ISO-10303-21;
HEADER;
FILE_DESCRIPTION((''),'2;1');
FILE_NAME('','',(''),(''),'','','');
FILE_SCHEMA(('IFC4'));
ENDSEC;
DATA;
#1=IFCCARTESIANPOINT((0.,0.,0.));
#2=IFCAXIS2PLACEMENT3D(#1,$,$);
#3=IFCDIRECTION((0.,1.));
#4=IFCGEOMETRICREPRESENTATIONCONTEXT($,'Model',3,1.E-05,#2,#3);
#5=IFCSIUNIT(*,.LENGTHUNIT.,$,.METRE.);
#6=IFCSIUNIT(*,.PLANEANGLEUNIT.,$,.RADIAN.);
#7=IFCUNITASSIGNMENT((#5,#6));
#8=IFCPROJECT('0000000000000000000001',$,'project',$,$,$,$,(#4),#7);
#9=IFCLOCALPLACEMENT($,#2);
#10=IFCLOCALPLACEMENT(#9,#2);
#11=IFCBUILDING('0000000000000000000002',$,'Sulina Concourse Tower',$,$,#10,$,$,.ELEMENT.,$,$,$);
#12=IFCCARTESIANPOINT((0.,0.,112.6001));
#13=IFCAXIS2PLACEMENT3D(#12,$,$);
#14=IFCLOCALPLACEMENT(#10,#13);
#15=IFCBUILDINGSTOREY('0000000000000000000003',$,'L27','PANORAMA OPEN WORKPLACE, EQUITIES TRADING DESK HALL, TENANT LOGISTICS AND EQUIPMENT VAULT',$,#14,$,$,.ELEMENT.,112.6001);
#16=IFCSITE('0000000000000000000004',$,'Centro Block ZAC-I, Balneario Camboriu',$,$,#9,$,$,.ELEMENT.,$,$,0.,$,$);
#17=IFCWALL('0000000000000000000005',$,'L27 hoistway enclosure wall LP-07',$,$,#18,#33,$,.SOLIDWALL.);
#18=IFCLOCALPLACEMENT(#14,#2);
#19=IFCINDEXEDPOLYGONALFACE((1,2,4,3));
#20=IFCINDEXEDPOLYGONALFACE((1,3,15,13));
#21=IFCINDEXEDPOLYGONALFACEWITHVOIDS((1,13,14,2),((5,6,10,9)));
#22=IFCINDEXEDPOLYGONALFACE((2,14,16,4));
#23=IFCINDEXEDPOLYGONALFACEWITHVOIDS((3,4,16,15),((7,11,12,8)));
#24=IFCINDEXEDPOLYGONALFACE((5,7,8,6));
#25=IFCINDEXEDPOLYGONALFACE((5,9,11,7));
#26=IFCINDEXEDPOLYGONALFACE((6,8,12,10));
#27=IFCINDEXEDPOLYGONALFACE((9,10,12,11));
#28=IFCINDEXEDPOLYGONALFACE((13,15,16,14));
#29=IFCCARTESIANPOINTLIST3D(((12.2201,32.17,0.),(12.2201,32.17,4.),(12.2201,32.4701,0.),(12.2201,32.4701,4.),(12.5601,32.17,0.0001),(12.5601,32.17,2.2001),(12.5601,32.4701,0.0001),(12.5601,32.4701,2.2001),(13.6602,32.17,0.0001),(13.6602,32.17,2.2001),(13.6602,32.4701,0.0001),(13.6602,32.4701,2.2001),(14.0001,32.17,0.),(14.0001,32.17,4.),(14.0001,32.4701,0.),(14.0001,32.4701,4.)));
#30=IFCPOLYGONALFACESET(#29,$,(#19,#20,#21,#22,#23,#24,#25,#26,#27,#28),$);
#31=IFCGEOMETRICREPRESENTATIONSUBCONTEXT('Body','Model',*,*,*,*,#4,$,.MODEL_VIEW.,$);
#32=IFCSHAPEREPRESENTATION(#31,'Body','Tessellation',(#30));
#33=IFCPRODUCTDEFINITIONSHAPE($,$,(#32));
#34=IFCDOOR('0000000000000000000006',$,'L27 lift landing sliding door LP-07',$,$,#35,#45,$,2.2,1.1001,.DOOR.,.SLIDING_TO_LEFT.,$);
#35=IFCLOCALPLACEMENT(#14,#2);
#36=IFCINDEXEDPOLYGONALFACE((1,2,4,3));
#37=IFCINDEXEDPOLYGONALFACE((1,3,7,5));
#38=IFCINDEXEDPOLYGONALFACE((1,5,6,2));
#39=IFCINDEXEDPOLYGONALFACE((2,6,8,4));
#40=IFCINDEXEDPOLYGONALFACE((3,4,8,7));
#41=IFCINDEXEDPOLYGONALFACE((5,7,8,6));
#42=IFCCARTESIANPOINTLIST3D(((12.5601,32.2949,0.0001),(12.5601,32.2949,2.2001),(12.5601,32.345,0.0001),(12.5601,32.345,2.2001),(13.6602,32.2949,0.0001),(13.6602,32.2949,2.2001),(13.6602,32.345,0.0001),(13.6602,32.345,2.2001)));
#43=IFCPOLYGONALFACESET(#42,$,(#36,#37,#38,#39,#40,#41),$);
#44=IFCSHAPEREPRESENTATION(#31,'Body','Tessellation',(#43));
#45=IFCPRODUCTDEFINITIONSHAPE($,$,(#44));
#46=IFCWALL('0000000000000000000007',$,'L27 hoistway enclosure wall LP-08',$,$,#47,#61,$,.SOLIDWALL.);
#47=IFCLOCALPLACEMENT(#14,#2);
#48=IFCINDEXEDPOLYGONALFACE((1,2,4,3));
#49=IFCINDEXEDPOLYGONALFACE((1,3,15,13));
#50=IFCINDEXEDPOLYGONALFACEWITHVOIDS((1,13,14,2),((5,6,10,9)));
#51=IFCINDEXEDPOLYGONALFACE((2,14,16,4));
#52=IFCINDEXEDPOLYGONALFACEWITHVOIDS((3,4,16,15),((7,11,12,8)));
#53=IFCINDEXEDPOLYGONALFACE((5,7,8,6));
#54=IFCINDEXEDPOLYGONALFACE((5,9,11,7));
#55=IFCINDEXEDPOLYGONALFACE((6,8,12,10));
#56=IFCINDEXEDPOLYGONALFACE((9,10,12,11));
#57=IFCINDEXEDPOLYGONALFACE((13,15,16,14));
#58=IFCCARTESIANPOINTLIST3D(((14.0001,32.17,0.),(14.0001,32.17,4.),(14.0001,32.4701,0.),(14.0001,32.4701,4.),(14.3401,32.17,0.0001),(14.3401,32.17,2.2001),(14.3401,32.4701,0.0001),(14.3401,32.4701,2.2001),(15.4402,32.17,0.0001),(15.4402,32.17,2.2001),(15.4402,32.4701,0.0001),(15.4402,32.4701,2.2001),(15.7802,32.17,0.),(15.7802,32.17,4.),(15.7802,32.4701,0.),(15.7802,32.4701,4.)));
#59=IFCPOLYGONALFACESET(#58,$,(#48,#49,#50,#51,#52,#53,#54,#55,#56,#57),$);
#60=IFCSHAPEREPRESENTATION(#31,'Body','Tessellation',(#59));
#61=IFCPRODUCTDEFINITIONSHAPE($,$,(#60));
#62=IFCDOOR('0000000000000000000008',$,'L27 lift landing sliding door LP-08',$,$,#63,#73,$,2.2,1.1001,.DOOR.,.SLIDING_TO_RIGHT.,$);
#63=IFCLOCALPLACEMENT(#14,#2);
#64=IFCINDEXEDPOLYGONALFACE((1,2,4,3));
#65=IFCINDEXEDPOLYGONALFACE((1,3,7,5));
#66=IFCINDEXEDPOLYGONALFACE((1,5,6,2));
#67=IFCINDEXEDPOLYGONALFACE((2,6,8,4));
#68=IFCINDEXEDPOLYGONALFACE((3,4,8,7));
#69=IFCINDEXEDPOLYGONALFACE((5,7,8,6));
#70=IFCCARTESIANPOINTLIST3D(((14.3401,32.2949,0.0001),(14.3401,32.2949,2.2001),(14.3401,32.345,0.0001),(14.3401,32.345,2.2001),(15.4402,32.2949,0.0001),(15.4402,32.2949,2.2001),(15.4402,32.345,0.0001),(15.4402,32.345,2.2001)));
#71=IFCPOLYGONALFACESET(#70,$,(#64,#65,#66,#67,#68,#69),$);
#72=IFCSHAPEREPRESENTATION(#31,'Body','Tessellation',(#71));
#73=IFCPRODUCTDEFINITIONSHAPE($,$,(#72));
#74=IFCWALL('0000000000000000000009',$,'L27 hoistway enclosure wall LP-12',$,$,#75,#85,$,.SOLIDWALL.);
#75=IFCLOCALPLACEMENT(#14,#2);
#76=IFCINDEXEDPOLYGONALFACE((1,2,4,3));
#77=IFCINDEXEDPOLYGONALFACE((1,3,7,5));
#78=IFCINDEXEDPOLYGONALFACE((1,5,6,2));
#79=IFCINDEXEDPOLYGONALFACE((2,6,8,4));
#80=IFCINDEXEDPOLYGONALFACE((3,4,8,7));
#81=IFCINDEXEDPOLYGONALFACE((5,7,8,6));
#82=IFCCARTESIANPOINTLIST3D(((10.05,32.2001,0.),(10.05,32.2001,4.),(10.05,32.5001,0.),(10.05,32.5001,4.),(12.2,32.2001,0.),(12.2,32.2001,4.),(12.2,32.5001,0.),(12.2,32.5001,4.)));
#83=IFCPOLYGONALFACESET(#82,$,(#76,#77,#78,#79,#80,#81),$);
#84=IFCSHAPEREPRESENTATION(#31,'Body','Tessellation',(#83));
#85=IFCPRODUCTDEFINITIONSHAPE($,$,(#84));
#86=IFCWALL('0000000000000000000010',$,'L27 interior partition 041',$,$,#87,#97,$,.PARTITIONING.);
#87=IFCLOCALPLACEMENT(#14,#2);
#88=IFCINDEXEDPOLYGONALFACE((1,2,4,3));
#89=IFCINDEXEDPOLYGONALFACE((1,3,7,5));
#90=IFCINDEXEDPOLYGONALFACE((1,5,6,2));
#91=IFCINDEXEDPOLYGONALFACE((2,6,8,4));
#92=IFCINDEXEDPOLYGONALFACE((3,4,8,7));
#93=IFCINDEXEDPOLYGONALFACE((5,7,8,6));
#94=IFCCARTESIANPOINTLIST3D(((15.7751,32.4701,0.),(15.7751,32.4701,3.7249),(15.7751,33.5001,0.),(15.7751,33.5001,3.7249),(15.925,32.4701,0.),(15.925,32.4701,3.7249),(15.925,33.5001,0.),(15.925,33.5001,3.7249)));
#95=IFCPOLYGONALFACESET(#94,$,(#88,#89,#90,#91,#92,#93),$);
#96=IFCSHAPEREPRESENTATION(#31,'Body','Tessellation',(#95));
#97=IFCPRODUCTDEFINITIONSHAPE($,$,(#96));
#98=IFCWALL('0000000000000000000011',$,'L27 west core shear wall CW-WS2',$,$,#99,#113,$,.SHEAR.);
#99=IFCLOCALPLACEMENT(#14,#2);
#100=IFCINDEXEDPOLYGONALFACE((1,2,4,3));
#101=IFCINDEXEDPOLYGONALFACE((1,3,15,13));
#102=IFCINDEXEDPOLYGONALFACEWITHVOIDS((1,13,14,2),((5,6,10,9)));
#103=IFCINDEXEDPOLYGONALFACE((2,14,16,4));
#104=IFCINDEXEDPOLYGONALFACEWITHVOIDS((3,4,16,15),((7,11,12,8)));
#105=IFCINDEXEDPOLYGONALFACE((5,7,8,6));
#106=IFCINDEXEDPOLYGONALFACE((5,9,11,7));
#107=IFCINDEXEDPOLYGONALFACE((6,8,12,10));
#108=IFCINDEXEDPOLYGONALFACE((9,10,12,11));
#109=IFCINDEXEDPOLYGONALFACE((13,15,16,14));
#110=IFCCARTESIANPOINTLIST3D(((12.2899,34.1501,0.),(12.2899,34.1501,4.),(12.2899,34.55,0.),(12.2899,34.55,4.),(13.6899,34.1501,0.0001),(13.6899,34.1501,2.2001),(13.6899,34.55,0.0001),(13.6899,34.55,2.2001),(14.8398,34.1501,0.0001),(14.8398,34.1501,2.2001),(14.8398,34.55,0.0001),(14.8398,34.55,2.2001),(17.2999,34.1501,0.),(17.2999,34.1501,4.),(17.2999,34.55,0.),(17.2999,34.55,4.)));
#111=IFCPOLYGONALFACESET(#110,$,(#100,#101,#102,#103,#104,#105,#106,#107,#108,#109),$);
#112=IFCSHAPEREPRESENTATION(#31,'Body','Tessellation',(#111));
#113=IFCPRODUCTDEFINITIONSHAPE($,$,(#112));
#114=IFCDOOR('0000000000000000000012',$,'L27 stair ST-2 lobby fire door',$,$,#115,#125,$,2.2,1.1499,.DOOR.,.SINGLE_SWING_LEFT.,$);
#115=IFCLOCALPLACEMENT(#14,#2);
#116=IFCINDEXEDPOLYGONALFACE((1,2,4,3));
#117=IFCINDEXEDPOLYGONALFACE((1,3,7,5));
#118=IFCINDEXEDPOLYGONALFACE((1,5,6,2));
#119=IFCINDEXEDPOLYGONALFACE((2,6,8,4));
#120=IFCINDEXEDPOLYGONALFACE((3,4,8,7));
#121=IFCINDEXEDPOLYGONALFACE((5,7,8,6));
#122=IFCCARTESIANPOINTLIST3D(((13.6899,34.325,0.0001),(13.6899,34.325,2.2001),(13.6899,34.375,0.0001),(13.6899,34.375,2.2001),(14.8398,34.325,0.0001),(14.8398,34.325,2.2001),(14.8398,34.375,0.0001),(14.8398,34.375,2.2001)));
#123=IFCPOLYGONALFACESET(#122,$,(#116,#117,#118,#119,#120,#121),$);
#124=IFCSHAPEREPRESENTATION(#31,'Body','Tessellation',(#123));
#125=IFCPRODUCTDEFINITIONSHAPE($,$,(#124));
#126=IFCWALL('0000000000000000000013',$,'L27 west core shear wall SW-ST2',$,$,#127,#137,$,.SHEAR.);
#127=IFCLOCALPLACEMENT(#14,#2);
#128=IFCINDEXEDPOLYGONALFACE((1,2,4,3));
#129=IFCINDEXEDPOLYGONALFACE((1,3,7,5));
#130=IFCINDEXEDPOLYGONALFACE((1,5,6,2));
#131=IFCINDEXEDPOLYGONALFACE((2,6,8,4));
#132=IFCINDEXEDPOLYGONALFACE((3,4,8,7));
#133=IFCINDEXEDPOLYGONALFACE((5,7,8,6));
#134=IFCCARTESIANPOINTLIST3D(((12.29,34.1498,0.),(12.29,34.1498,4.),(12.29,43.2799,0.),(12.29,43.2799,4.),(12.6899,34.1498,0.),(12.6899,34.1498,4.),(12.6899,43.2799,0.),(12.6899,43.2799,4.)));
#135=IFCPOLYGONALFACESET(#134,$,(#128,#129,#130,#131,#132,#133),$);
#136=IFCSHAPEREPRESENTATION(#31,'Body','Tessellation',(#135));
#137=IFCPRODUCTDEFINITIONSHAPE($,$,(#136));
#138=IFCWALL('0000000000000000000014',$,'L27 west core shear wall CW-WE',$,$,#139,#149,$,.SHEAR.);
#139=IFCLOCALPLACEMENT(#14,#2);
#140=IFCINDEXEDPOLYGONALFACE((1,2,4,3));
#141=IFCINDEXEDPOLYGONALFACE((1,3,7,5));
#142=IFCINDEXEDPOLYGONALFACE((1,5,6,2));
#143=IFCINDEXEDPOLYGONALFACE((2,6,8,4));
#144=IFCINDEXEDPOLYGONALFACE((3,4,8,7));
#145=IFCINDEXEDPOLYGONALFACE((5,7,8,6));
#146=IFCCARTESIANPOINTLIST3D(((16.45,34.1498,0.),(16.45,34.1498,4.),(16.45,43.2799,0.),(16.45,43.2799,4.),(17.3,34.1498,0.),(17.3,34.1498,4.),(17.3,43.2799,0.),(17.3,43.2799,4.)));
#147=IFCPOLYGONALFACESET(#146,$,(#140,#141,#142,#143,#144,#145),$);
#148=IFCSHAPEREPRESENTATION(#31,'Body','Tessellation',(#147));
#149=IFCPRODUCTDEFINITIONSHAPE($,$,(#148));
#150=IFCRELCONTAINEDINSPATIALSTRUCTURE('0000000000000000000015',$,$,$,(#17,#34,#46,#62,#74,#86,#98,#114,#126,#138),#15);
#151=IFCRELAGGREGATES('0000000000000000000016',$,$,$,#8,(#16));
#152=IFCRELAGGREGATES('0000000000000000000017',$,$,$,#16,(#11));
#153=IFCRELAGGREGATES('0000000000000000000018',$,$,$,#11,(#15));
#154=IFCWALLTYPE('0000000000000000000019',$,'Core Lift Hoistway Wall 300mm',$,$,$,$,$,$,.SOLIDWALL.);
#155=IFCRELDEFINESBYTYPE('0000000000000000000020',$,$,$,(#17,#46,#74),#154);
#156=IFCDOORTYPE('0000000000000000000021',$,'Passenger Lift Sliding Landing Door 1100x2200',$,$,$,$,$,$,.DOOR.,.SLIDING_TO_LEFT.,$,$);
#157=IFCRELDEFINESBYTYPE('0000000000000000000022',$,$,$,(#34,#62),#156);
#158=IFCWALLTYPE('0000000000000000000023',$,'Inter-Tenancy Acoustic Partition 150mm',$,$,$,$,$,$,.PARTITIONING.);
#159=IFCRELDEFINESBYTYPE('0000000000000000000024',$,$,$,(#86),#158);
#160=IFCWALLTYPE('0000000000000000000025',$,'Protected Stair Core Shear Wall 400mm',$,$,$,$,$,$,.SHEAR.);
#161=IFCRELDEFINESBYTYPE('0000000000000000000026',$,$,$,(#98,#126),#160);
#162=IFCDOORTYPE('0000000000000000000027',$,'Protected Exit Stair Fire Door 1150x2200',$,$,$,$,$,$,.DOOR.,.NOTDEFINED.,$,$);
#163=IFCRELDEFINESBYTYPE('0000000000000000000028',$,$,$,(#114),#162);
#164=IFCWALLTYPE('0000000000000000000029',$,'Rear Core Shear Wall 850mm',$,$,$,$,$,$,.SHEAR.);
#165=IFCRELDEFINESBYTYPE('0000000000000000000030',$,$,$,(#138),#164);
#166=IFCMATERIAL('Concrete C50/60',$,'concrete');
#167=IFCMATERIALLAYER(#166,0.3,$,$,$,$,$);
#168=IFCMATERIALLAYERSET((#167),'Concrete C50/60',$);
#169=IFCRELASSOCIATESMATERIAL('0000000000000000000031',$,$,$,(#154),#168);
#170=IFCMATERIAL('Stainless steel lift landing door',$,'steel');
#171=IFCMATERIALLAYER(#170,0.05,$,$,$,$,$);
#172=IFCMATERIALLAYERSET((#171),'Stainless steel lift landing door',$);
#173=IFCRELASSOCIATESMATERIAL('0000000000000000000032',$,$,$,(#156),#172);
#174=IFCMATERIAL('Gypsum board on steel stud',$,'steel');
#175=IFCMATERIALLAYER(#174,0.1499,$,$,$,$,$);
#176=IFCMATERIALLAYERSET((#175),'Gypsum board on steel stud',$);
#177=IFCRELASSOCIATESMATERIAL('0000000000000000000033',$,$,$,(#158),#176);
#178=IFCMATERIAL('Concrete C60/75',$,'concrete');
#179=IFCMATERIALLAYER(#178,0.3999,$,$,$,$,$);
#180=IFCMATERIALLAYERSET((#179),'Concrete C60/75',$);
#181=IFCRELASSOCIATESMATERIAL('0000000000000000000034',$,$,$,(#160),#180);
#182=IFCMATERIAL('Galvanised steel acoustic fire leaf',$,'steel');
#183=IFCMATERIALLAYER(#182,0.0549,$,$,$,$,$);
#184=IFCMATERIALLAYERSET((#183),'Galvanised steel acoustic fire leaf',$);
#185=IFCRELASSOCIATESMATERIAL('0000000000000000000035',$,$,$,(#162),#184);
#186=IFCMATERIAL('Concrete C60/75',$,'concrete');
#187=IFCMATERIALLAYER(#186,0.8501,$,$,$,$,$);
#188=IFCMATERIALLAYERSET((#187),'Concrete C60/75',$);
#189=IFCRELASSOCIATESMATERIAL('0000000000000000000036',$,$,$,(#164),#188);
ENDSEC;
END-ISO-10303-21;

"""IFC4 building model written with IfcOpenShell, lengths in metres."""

from ifc_helpers import new_model, si_unit, direction, frame, frame_2d, origin, place, context, subcontext, project, spatial, rectangle, extrude, material, layer, layer_set, type_object, element, fill, save


model = new_model("IFC4")

# Units and contexts
model_context = context("Model", 3, precision=1e-05, world=origin(), true_north=direction((0.0, 1.0)))
body_context = subcontext(model_context, "Body", "Model", "MODEL_VIEW")
ifc_project = project(units=[si_unit("LENGTHUNIT", "METRE"), si_unit("PLANEANGLEUNIT", "RADIAN")], contexts=[model_context])

# Site, building, storey
site_placement = place(None, origin())
site = spatial("IfcSite", under=ifc_project, at=site_placement, Name="Centro Block ZAC-I, Balneario Camboriu", CompositionType="ELEMENT", RefElevation=0.0)
building_placement = place(site_placement, origin())
building = spatial("IfcBuilding", under=site, at=building_placement, Name="Sulina Concourse Tower", CompositionType="ELEMENT")
storey_placement = place(building_placement, frame((0.0, 0.0, 112.6001)))
storey = spatial("IfcBuildingStorey", under=building, at=storey_placement, Name="L27", Description="PANORAMA OPEN WORKPLACE, EQUITIES TRADING DESK HALL, TENANT LOGISTICS AND EQUIPMENT VAULT", CompositionType="ELEMENT", Elevation=112.6001)

# Walls, openings, doors
ifc_material_1 = material(Name="Concrete C50/60", Category="concrete")
ifc_layer_1 = layer(ifc_material_1, 0.3)
ifc_layer_set_1 = layer_set([ifc_layer_1], Name="Concrete C50/60")
wall_type_1 = type_object("IfcWallType", Name="Core Lift Hoistway Wall 300mm", PredefinedType="SOLIDWALL", material=ifc_layer_set_1)
ifc_material_2 = material(Name="Stainless steel lift landing door", Category="steel")
ifc_layer_2 = layer(ifc_material_2, 0.05)
ifc_layer_set_2 = layer_set([ifc_layer_2], Name="Stainless steel lift landing door")
door_type_1 = type_object("IfcDoorType", Name="Passenger Lift Sliding Landing Door 1100x2200", OperationType="SLIDING_TO_LEFT", PredefinedType="DOOR", material=ifc_layer_set_2)
wall_1_placement = place(storey_placement, frame((12.22, 32.3201, 0.0), z_axis=(0.0, 0.0, 1.0), x_axis=(1.0, 0.0, 0.0)))
wall_1 = element("IfcWall", 1, at=wall_1_placement, inside=storey, type_object=wall_type_1, Name="L27 hoistway enclosure wall LP-07", PredefinedType="SOLIDWALL", context=body_context, shape_type="SweptSolid", body=[
    extrude(rectangle(XDim=1.78, YDim=0.3, at=frame_2d((0.8901, 0.0))), origin(), (0.0, 0.0, 1.0), 4.0),
])
opening_1_placement = place(wall_1_placement, frame((0.3401, 0.0, 0.0)))
opening_1 = element("IfcOpeningElement", 2, at=opening_1_placement, cuts=wall_1, PredefinedType="OPENING", context=body_context, shape_type="SweptSolid", body=[
    extrude(rectangle(XDim=1.1001, YDim=2.2, at=frame_2d((0.55, 1.1001))), frame((0.0, 0.1599, 0.0), z_axis=(0.0, -1.0, 0.0), x_axis=(1.0, 0.0, 0.0)), (0.0, 0.0, 1.0), 0.3201),
])
door_1_placement = place(opening_1_placement, origin())
door_1 = element("IfcDoor", 3, at=door_1_placement, inside=storey, type_object=door_type_1, Name="L27 lift landing sliding door LP-07", OperationType="SLIDING_TO_LEFT", OverallHeight=2.2, OverallWidth=1.1001, PredefinedType="DOOR", context=body_context, shape_type="SweptSolid", body=[
    extrude(rectangle(XDim=1.1001, YDim=2.2, at=frame_2d((0.55, 1.1001))), frame((0.0, 0.0249, 0.0), z_axis=(0.0, -1.0, 0.0), x_axis=(1.0, 0.0, 0.0)), (0.0, 0.0, 1.0), 0.05),
])
fill(opening_1, door_1)
wall_2_placement = place(storey_placement, frame((14.0, 32.3201, 0.0), z_axis=(0.0, 0.0, 1.0), x_axis=(1.0, 0.0, 0.0)))
wall_2 = element("IfcWall", 4, at=wall_2_placement, inside=storey, type_object=wall_type_1, Name="L27 hoistway enclosure wall LP-08", PredefinedType="SOLIDWALL", context=body_context, shape_type="SweptSolid", body=[
    extrude(rectangle(XDim=1.78, YDim=0.3, at=frame_2d((0.8901, 0.0))), origin(), (0.0, 0.0, 1.0), 4.0),
])
opening_2_placement = place(wall_2_placement, frame((0.3401, 0.0, 0.0)))
opening_2 = element("IfcOpeningElement", 5, at=opening_2_placement, cuts=wall_2, PredefinedType="OPENING", context=body_context, shape_type="SweptSolid", body=[
    extrude(rectangle(XDim=1.1001, YDim=2.2, at=frame_2d((0.55, 1.1001))), frame((0.0, 0.1599, 0.0), z_axis=(0.0, -1.0, 0.0), x_axis=(1.0, 0.0, 0.0)), (0.0, 0.0, 1.0), 0.3201),
])
door_2_placement = place(opening_2_placement, origin())
door_2 = element("IfcDoor", 6, at=door_2_placement, inside=storey, type_object=door_type_1, Name="L27 lift landing sliding door LP-08", OperationType="SLIDING_TO_RIGHT", OverallHeight=2.2, OverallWidth=1.1001, PredefinedType="DOOR", context=body_context, shape_type="SweptSolid", body=[
    extrude(rectangle(XDim=1.1001, YDim=2.2, at=frame_2d((0.55, 1.1001))), frame((0.0, 0.0249, 0.0), z_axis=(0.0, -1.0, 0.0), x_axis=(1.0, 0.0, 0.0)), (0.0, 0.0, 1.0), 0.05),
])
fill(opening_2, door_2)

# Walls
wall_3_placement = place(storey_placement, frame((10.05, 32.3501, 0.0), z_axis=(0.0, 0.0, 1.0), x_axis=(1.0, 0.0, 0.0)))
element("IfcWall", 7, at=wall_3_placement, inside=storey, type_object=wall_type_1, Name="L27 hoistway enclosure wall LP-12", PredefinedType="SOLIDWALL", context=body_context, shape_type="SweptSolid", body=[
    extrude(rectangle(XDim=2.1499, YDim=0.3, at=frame_2d((1.075, 0.0))), origin(), (0.0, 0.0, 1.0), 4.0),
])
ifc_material_3 = material(Name="Gypsum board on steel stud", Category="steel")
ifc_layer_3 = layer(ifc_material_3, 0.1499)
ifc_layer_set_3 = layer_set([ifc_layer_3], Name="Gypsum board on steel stud")
wall_type_2 = type_object("IfcWallType", Name="Inter-Tenancy Acoustic Partition 150mm", PredefinedType="PARTITIONING", material=ifc_layer_set_3)
wall_4_placement = place(storey_placement, frame((15.8501, 32.47, 0.0), z_axis=(0.0, 0.0, 1.0), x_axis=(0.0, 1.0, 0.0)))
element("IfcWall", 8, at=wall_4_placement, inside=storey, type_object=wall_type_2, Name="L27 interior partition 041", PredefinedType="PARTITIONING", context=body_context, shape_type="SweptSolid", body=[
    extrude(rectangle(XDim=1.03, YDim=0.1499, at=frame_2d((0.5151, 0.0))), origin(), (0.0, 0.0, 1.0), 3.7249),
])

# Wall, opening, door
ifc_material_4 = material(Name="Concrete C60/75", Category="concrete")
ifc_layer_4 = layer(ifc_material_4, 0.3999)
ifc_layer_set_4 = layer_set([ifc_layer_4], Name="Concrete C60/75")
wall_type_3 = type_object("IfcWallType", Name="Protected Stair Core Shear Wall 400mm", PredefinedType="SHEAR", material=ifc_layer_set_4)
wall_5_placement = place(storey_placement, frame((12.29, 34.3501, 0.0), z_axis=(0.0, 0.0, 1.0), x_axis=(1.0, 0.0, 0.0)))
wall_5 = element("IfcWall", 9, at=wall_5_placement, inside=storey, type_object=wall_type_3, Name="L27 west core shear wall CW-WS2", PredefinedType="SHEAR", context=body_context, shape_type="SweptSolid", body=[
    extrude(rectangle(XDim=5.01, YDim=0.3999, at=frame_2d((2.5049, 0.0))), origin(), (0.0, 0.0, 1.0), 4.0),
])
opening_3_placement = place(wall_5_placement, frame((1.3999, 0.0, 0.0)))
opening_3 = element("IfcOpeningElement", 10, at=opening_3_placement, cuts=wall_5, PredefinedType="OPENING", context=body_context, shape_type="SweptSolid", body=[
    extrude(rectangle(XDim=1.1499, YDim=2.2, at=frame_2d((0.575, 1.1001))), frame((0.0, 0.21, 0.0), z_axis=(0.0, -1.0, 0.0), x_axis=(1.0, 0.0, 0.0)), (0.0, 0.0, 1.0), 0.4199),
])
ifc_material_5 = material(Name="Galvanised steel acoustic fire leaf", Category="steel")
ifc_layer_5 = layer(ifc_material_5, 0.0549)
ifc_layer_set_5 = layer_set([ifc_layer_5], Name="Galvanised steel acoustic fire leaf")
door_type_2 = type_object("IfcDoorType", Name="Protected Exit Stair Fire Door 1150x2200", OperationType="NOTDEFINED", PredefinedType="DOOR", material=ifc_layer_set_5)
door_3_placement = place(opening_3_placement, origin())
door_3 = element("IfcDoor", 11, at=door_3_placement, inside=storey, type_object=door_type_2, Name="L27 stair ST-2 lobby fire door", OperationType="SINGLE_SWING_LEFT", OverallHeight=2.2, OverallWidth=1.1499, PredefinedType="DOOR", context=body_context, shape_type="SweptSolid", body=[
    extrude(rectangle(XDim=1.1499, YDim=2.2, at=frame_2d((0.575, 1.1001))), frame((0.0, 0.0249, 0.0), z_axis=(0.0, -1.0, 0.0), x_axis=(1.0, 0.0, 0.0)), (0.0, 0.0, 1.0), 0.05),
])
fill(opening_3, door_3)

# Walls
wall_6_placement = place(storey_placement, frame((12.49, 34.1499, 0.0), z_axis=(0.0, 0.0, 1.0), x_axis=(0.0, 1.0, 0.0)))
element("IfcWall", 12, at=wall_6_placement, inside=storey, type_object=wall_type_3, Name="L27 west core shear wall SW-ST2", PredefinedType="SHEAR", context=body_context, shape_type="SweptSolid", body=[
    extrude(rectangle(XDim=9.1301, YDim=0.3999, at=frame_2d((4.5649, 0.0))), origin(), (0.0, 0.0, 1.0), 4.0),
])
ifc_material_6 = material(Name="Concrete C60/75", Category="concrete")
ifc_layer_6 = layer(ifc_material_6, 0.8501)
ifc_layer_set_6 = layer_set([ifc_layer_6], Name="Concrete C60/75")
wall_type_4 = type_object("IfcWallType", Name="Rear Core Shear Wall 850mm", PredefinedType="SHEAR", material=ifc_layer_set_6)
wall_7_placement = place(storey_placement, frame((16.875, 34.1499, 0.0), z_axis=(0.0, 0.0, 1.0), x_axis=(0.0, 1.0, 0.0)))
element("IfcWall", 13, at=wall_7_placement, inside=storey, type_object=wall_type_4, Name="L27 west core shear wall CW-WE", PredefinedType="SHEAR", context=body_context, shape_type="SweptSolid", body=[
    extrude(rectangle(XDim=9.1301, YDim=0.8501, at=frame_2d((4.5649, 0.0))), origin(), (0.0, 0.0, 1.0), 4.0),
])

save(model, "model.ifc")
